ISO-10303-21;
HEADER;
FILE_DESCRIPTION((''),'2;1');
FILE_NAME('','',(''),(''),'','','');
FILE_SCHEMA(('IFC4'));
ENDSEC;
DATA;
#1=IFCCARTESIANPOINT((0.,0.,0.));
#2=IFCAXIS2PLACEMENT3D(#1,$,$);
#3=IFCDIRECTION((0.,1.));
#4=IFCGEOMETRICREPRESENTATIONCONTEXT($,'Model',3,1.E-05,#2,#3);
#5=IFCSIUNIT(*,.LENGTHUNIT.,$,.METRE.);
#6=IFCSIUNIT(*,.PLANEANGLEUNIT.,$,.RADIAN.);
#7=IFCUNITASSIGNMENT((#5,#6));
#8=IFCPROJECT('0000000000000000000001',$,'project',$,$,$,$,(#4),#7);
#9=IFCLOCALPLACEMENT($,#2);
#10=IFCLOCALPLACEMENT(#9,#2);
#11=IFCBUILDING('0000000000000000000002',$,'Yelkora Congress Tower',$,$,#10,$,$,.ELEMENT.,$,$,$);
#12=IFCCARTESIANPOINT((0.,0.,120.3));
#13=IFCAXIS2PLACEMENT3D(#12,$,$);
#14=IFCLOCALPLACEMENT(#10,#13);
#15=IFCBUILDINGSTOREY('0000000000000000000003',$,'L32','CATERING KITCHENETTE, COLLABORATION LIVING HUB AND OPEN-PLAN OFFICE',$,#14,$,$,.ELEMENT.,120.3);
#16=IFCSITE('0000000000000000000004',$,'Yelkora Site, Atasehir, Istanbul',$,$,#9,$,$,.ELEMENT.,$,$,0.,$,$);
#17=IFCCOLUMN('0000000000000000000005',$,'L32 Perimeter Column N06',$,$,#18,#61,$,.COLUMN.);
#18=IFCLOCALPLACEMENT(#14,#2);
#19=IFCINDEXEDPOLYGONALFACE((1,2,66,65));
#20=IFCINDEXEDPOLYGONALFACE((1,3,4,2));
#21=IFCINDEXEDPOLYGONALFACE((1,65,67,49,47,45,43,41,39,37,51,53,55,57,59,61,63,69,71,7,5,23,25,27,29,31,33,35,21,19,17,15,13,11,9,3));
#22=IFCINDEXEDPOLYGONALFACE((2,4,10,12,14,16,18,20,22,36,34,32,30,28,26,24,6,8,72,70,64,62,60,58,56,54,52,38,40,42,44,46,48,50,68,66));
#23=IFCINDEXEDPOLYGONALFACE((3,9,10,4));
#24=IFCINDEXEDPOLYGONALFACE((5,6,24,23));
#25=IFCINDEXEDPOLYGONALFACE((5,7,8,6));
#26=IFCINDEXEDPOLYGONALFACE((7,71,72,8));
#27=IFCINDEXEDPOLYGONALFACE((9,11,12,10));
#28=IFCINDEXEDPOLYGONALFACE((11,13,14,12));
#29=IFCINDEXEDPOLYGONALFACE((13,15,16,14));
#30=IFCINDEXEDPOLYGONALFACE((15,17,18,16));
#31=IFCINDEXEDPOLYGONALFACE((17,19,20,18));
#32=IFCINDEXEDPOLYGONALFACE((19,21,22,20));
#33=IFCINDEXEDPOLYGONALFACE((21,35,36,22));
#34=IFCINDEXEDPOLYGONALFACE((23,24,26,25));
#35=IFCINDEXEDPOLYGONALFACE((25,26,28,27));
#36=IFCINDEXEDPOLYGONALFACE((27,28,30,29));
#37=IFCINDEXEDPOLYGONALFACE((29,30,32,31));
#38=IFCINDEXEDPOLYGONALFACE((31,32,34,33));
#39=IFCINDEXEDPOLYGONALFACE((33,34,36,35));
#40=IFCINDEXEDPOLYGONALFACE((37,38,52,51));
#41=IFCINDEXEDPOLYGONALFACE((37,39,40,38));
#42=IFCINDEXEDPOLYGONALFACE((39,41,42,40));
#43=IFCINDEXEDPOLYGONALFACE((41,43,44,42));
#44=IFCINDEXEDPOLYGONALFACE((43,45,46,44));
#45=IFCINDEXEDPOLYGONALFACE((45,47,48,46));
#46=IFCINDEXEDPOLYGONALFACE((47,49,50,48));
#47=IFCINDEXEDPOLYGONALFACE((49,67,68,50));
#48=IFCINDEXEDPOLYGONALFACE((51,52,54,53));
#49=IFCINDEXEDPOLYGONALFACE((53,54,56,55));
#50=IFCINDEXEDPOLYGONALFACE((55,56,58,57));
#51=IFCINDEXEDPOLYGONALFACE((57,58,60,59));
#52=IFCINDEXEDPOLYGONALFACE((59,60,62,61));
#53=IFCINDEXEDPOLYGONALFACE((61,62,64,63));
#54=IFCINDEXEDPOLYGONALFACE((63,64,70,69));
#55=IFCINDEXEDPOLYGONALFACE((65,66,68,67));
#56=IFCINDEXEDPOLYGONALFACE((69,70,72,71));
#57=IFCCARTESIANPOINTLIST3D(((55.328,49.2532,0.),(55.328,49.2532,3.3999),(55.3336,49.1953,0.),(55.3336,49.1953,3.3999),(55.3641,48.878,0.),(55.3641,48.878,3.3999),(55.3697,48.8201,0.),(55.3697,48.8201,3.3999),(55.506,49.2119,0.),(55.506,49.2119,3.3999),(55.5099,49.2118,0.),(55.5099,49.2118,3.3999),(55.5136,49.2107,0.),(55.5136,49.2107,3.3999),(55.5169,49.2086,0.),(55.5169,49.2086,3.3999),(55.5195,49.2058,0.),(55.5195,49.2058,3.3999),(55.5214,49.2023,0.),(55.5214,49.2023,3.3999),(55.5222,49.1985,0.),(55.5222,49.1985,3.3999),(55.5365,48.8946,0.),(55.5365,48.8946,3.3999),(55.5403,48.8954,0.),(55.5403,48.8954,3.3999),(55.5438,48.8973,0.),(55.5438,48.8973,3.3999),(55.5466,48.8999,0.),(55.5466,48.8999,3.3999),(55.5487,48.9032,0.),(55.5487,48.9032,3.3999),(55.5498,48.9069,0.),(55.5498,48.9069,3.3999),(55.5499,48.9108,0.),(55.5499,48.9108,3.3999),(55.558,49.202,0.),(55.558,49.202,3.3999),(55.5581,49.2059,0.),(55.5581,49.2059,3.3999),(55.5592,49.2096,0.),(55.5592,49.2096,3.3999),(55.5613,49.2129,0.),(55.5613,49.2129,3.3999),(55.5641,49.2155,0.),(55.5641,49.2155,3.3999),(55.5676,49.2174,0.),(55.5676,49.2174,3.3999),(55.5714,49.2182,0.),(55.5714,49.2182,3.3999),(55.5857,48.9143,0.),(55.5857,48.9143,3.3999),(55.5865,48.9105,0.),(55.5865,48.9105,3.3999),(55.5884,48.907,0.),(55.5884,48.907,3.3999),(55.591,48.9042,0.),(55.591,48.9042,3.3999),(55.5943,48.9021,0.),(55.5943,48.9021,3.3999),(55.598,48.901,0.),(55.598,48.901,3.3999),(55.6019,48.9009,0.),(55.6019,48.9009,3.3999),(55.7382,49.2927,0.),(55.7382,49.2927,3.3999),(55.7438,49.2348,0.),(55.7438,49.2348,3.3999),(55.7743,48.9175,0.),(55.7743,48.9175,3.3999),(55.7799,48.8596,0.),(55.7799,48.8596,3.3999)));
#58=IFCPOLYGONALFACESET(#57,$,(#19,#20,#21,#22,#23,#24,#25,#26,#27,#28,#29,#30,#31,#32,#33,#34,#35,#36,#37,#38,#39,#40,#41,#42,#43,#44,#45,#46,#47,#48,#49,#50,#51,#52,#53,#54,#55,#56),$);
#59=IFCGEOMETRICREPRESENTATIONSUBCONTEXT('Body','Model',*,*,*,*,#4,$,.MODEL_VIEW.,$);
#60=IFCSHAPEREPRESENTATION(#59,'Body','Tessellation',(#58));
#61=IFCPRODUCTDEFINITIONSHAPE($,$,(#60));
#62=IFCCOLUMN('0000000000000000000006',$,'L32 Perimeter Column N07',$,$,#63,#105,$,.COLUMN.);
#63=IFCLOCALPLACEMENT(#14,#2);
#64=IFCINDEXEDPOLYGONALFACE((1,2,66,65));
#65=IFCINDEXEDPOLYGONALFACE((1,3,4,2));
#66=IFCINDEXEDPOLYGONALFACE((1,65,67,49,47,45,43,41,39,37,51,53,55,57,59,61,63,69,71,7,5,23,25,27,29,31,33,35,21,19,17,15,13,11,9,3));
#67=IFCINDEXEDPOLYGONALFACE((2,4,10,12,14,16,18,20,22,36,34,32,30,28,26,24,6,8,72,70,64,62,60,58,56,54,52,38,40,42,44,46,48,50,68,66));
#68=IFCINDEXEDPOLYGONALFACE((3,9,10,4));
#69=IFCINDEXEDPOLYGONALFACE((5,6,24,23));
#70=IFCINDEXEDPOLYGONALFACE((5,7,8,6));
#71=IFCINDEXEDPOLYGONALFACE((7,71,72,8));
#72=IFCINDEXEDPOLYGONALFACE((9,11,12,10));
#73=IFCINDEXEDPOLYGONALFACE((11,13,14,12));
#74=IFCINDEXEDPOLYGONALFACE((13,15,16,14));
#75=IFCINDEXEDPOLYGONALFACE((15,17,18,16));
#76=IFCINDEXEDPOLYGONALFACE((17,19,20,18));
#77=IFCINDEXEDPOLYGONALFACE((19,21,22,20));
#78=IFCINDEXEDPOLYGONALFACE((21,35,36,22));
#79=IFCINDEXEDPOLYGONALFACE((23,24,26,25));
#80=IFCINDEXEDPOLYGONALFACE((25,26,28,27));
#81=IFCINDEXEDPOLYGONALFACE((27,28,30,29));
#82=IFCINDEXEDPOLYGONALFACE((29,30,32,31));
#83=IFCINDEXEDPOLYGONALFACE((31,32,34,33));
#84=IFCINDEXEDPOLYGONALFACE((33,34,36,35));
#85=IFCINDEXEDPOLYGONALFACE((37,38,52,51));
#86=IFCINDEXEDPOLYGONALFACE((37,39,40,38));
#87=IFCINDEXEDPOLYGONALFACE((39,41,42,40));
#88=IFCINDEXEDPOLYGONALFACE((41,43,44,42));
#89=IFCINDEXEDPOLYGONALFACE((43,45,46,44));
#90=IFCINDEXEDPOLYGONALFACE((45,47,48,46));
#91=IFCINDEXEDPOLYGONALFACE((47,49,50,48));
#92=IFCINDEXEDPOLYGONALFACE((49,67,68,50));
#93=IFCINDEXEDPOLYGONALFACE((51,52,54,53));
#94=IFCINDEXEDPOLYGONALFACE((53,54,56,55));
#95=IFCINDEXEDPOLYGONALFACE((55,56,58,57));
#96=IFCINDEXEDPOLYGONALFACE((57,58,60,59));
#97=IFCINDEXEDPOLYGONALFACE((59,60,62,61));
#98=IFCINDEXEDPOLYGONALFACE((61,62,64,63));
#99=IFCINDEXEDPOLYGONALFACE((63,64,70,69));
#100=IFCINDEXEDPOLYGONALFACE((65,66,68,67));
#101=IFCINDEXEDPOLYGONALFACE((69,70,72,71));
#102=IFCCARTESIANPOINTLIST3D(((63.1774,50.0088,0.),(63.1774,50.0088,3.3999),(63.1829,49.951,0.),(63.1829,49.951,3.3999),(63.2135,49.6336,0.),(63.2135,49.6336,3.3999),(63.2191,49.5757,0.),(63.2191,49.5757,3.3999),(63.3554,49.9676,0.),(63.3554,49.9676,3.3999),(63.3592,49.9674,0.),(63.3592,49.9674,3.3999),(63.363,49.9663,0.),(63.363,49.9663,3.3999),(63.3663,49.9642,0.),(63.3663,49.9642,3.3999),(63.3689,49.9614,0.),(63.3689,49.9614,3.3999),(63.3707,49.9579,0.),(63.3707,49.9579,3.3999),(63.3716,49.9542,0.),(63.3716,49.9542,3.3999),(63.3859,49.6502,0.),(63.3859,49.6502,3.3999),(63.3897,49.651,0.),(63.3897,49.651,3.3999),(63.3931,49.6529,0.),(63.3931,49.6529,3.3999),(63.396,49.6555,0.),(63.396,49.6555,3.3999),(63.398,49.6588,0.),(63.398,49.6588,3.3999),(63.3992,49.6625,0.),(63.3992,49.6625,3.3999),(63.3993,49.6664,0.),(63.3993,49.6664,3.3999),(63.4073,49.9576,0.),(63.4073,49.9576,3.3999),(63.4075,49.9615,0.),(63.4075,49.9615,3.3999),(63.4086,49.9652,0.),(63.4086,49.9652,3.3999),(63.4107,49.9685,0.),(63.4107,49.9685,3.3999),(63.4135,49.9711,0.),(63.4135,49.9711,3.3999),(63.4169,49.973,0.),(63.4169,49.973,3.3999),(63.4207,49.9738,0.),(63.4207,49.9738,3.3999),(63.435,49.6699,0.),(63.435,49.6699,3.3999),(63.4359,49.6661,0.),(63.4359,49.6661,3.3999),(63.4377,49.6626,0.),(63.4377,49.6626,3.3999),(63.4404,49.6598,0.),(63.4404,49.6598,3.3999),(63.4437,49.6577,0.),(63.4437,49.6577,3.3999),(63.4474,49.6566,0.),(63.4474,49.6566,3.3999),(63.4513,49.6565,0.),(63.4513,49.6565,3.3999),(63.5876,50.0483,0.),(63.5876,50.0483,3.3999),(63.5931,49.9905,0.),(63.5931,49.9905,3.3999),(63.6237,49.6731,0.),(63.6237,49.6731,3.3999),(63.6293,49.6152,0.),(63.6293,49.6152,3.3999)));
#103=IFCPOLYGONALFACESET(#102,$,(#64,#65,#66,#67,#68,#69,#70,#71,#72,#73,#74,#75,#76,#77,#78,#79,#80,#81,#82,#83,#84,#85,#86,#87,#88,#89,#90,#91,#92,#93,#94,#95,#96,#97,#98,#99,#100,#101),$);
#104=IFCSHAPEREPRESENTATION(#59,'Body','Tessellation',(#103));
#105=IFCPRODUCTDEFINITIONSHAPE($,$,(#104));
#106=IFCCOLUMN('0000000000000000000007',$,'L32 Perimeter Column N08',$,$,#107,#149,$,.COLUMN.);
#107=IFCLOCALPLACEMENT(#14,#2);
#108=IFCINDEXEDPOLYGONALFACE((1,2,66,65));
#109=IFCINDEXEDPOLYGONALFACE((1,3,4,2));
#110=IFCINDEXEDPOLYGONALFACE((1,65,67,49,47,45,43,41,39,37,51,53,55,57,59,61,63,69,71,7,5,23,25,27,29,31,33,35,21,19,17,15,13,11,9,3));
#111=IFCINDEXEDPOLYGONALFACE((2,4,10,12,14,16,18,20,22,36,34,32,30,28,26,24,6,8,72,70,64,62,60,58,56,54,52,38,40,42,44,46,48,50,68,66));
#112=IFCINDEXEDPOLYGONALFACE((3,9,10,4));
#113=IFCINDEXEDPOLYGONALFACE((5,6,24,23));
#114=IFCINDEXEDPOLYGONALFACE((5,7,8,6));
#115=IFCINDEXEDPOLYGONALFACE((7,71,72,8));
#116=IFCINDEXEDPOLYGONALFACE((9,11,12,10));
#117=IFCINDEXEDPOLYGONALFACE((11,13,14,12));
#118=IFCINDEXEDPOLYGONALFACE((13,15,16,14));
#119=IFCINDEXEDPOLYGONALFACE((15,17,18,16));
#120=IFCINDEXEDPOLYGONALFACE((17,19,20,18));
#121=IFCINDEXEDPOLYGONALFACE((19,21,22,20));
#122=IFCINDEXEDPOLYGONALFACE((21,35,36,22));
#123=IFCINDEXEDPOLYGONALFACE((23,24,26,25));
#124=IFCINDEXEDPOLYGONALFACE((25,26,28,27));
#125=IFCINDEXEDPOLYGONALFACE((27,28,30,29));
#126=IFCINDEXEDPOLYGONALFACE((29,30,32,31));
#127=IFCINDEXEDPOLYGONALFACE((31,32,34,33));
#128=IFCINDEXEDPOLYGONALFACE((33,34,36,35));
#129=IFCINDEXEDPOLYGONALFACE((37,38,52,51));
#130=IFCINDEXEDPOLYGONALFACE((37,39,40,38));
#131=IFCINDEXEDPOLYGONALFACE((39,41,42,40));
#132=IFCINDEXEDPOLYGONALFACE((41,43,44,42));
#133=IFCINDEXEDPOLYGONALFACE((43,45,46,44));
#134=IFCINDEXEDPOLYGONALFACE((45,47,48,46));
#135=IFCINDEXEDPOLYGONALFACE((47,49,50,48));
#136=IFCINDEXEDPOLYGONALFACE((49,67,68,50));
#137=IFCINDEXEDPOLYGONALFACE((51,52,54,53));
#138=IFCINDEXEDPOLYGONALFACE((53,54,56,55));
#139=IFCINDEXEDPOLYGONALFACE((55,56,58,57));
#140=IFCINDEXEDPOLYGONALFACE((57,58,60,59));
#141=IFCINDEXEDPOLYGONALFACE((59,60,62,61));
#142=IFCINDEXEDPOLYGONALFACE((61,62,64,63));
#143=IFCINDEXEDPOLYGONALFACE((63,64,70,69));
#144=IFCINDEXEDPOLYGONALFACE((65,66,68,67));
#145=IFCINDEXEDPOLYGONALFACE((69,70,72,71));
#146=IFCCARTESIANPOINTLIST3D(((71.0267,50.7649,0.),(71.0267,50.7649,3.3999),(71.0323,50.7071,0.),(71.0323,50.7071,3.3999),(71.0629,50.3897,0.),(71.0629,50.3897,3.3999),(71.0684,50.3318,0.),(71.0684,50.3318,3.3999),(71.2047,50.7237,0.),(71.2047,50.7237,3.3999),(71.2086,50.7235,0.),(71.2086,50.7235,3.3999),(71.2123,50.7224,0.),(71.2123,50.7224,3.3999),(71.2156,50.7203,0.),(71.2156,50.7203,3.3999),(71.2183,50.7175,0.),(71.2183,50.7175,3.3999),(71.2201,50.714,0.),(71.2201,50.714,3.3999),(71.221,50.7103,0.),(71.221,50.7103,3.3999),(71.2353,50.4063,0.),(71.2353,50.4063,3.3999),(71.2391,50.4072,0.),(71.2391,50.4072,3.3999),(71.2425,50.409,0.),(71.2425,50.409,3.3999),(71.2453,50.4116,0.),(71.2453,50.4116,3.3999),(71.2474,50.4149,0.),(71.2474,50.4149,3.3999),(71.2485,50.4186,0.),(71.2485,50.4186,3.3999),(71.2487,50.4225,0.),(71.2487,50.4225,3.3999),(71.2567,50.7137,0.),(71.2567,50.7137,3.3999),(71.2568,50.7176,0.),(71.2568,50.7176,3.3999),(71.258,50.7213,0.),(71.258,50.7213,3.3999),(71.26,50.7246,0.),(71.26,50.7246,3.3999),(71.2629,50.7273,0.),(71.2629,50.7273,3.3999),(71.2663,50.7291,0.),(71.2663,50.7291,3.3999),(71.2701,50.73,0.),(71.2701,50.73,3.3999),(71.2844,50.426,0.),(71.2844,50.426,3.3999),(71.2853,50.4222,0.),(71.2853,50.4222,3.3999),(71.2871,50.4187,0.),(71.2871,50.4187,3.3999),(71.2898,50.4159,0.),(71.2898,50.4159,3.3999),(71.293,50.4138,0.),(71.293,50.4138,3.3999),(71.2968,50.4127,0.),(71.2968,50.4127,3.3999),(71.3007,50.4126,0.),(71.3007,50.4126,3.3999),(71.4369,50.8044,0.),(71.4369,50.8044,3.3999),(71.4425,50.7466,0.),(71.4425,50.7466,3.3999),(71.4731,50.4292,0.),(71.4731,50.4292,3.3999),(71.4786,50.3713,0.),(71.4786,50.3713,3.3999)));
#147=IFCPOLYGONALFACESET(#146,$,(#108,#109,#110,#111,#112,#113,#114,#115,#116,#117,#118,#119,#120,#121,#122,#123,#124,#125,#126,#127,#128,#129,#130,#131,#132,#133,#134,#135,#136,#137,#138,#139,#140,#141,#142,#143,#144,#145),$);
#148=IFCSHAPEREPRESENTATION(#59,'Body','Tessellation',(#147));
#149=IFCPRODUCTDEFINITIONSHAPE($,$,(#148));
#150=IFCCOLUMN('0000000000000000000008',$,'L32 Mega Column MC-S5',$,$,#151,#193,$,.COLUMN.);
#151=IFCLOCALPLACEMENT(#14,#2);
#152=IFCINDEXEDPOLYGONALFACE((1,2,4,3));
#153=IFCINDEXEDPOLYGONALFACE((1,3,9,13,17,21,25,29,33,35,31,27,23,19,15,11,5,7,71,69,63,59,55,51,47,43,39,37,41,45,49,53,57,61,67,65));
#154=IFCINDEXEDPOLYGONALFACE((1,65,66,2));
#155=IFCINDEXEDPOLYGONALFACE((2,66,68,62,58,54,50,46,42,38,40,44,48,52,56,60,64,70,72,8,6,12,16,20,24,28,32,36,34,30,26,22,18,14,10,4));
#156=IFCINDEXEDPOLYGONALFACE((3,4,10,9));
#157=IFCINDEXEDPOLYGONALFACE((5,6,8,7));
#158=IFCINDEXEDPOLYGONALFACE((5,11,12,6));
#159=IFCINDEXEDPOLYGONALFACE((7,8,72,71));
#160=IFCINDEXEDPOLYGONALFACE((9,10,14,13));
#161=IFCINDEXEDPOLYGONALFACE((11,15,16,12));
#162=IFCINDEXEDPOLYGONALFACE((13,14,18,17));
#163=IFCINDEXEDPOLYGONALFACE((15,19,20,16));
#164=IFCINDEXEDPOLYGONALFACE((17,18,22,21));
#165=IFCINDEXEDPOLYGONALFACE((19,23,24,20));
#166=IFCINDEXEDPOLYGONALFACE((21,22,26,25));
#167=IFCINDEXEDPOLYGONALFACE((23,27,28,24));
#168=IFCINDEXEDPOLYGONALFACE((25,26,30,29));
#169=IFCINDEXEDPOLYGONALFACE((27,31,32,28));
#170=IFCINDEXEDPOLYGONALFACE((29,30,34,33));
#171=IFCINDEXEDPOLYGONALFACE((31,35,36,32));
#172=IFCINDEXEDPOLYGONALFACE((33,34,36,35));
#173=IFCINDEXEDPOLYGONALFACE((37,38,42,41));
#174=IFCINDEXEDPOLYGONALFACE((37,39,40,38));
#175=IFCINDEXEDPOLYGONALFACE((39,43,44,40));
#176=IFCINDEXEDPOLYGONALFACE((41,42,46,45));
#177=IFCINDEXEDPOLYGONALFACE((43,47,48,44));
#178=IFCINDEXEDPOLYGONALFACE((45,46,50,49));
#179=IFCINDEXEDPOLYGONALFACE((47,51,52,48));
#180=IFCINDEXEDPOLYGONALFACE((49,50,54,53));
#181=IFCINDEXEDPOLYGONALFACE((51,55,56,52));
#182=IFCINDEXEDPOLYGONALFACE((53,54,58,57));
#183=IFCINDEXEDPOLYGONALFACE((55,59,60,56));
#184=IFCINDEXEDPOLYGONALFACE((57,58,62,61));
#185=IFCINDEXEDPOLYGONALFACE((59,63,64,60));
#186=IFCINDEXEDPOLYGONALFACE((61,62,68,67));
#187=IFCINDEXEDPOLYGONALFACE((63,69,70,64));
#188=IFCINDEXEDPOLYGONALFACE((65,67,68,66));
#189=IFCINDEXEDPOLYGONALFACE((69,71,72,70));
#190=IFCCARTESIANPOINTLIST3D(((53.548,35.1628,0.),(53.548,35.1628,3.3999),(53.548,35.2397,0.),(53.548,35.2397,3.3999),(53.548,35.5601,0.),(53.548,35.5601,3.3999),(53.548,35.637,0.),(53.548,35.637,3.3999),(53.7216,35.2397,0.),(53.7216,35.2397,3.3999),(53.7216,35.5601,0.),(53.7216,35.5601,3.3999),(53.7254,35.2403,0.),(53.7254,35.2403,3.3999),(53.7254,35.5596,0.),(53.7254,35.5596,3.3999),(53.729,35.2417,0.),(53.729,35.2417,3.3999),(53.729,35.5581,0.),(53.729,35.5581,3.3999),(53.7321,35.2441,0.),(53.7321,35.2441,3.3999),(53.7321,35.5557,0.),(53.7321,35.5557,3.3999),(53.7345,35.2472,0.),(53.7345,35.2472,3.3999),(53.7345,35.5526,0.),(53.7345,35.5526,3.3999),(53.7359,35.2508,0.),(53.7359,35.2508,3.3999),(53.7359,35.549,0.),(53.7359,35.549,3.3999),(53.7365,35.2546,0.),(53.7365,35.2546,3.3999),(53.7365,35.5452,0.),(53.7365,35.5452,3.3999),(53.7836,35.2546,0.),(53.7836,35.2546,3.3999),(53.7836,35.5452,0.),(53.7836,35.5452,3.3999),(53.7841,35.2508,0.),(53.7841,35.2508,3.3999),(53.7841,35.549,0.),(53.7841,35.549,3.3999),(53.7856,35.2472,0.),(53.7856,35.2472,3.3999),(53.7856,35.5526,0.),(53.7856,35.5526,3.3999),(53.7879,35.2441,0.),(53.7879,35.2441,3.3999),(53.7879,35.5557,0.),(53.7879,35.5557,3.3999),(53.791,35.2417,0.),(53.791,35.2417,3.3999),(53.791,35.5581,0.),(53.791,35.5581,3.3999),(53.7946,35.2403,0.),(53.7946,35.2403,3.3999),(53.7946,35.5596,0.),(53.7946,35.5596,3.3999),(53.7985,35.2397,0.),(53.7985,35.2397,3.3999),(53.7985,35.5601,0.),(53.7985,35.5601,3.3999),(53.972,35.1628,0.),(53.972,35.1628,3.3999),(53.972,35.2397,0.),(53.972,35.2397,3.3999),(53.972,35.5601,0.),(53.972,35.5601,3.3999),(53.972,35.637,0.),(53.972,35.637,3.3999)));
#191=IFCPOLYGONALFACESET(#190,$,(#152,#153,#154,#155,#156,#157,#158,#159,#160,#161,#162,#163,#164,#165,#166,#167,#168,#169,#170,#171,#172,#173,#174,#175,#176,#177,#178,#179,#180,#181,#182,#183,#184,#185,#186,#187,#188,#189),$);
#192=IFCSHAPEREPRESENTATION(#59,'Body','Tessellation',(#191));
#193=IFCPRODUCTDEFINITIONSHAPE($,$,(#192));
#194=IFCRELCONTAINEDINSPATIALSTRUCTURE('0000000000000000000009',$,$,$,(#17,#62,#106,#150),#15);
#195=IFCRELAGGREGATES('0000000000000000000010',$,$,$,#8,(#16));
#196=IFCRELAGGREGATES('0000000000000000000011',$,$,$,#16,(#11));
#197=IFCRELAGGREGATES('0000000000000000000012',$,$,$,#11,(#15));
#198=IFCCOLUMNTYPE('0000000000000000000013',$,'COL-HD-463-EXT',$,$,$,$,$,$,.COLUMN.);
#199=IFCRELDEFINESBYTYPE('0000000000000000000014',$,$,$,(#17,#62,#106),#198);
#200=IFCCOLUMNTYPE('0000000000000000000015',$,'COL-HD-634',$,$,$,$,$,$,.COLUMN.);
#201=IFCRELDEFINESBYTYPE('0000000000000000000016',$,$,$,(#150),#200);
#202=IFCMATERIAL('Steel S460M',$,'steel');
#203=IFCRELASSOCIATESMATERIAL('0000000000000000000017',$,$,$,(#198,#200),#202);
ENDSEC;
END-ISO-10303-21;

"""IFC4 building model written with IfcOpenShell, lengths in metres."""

from ifc_helpers import new_model, si_unit, direction, frame, origin, origin_2d, place, context, subcontext, project, spatial, i_section, extrude, material, material_profile, profile_set, type_object, element, save


model = new_model("IFC4")

# Units and contexts
model_context = context("Model", 3, precision=1e-05, world=origin(), true_north=direction((0.0, 1.0)))
body_context = subcontext(model_context, "Body", "Model", "MODEL_VIEW")
ifc_project = project(units=[si_unit("LENGTHUNIT", "METRE"), si_unit("PLANEANGLEUNIT", "RADIAN")], contexts=[model_context])

# Site, building, storey
site_placement = place(None, origin())
site = spatial("IfcSite", under=ifc_project, at=site_placement, Name="Yelkora Site, Atasehir, Istanbul", CompositionType="ELEMENT", RefElevation=0.0)
building_placement = place(site_placement, origin())
building = spatial("IfcBuilding", under=site, at=building_placement, Name="Yelkora Congress Tower", CompositionType="ELEMENT")
storey_placement = place(building_placement, frame((0.0, 0.0, 120.3)))
storey = spatial("IfcBuildingStorey", under=building, at=storey_placement, Name="L32", Description="CATERING KITCHENETTE, COLLABORATION LIVING HUB AND OPEN-PLAN OFFICE", CompositionType="ELEMENT", Elevation=120.3)

# Columns
ifc_material_1 = material(Name="Steel S460M", Category="steel")
ifc_material_profile_1 = material_profile(ifc_material_1, i_section(OverallWidth=0.4121, OverallDepth=0.4351, WebThickness=0.0359, FlangeThickness=0.0581, FilletRadius=0.0149, at=origin_2d()), Name="HD 400x463")
ifc_profile_set_1 = profile_set([ifc_material_profile_1], Name="Steel S460M")
column_type_1 = type_object("IfcColumnType", Name="COL-HD-463-EXT", PredefinedType="COLUMN", material=ifc_profile_set_1)
for number, where, z_axis, x_axis, name in (
    (1, (55.554, 49.0564, 0.0), (0.0, 0.0, 1.0), (0.995396, 0.095846, 0.0), "L32 Perimeter Column N06"),
    (2, (63.4033, 49.812, 0.0), (0.0, 0.0, 1.0), (0.995396, 0.095846, 0.0), "L32 Perimeter Column N07"),
    (3, (71.2527, 50.5681, 0.0), (0.0, 0.0, 1.0), (0.995396, 0.095846, 0.0), "L32 Perimeter Column N08"),
):
    element("IfcColumn", number, at=place(storey_placement, frame(where, z_axis=z_axis, x_axis=x_axis)), inside=storey, type_object=column_type_1, Name=name, PredefinedType="COLUMN", context=body_context, shape_type="SweptSolid", body=[
        extrude(i_section(OverallWidth=0.4121, OverallDepth=0.4351, WebThickness=0.0359, FlangeThickness=0.0581, FilletRadius=0.0149, at=origin_2d()), origin(), (0.0, 0.0, 1.0), 3.3999),
    ])
ifc_material_profile_2 = material_profile(ifc_material_1, i_section(OverallWidth=0.4241, OverallDepth=0.4741, WebThickness=0.0471, FlangeThickness=0.0769, FilletRadius=0.0149, at=origin_2d()), Name="HD 400x634")
ifc_profile_set_2 = profile_set([ifc_material_profile_2], Name="Steel S460M")
column_type_2 = type_object("IfcColumnType", Name="COL-HD-634", PredefinedType="COLUMN", material=ifc_profile_set_2)
for number, where, z_axis, x_axis, name in (
    (4, (53.76, 35.3999, 0.0), (0.0, 0.0, 1.0), (1.0, 0.0, 0.0), "L32 Mega Column MC-S5"),
):
    element("IfcColumn", number, at=place(storey_placement, frame(where, z_axis=z_axis, x_axis=x_axis)), inside=storey, type_object=column_type_2, Name=name, PredefinedType="COLUMN", context=body_context, shape_type="SweptSolid", body=[
        extrude(i_section(OverallWidth=0.4241, OverallDepth=0.4741, WebThickness=0.0471, FlangeThickness=0.0769, FilletRadius=0.0149, at=origin_2d()), origin(), (0.0, 0.0, 1.0), 3.3999),
    ])

save(model, "model.ifc")
